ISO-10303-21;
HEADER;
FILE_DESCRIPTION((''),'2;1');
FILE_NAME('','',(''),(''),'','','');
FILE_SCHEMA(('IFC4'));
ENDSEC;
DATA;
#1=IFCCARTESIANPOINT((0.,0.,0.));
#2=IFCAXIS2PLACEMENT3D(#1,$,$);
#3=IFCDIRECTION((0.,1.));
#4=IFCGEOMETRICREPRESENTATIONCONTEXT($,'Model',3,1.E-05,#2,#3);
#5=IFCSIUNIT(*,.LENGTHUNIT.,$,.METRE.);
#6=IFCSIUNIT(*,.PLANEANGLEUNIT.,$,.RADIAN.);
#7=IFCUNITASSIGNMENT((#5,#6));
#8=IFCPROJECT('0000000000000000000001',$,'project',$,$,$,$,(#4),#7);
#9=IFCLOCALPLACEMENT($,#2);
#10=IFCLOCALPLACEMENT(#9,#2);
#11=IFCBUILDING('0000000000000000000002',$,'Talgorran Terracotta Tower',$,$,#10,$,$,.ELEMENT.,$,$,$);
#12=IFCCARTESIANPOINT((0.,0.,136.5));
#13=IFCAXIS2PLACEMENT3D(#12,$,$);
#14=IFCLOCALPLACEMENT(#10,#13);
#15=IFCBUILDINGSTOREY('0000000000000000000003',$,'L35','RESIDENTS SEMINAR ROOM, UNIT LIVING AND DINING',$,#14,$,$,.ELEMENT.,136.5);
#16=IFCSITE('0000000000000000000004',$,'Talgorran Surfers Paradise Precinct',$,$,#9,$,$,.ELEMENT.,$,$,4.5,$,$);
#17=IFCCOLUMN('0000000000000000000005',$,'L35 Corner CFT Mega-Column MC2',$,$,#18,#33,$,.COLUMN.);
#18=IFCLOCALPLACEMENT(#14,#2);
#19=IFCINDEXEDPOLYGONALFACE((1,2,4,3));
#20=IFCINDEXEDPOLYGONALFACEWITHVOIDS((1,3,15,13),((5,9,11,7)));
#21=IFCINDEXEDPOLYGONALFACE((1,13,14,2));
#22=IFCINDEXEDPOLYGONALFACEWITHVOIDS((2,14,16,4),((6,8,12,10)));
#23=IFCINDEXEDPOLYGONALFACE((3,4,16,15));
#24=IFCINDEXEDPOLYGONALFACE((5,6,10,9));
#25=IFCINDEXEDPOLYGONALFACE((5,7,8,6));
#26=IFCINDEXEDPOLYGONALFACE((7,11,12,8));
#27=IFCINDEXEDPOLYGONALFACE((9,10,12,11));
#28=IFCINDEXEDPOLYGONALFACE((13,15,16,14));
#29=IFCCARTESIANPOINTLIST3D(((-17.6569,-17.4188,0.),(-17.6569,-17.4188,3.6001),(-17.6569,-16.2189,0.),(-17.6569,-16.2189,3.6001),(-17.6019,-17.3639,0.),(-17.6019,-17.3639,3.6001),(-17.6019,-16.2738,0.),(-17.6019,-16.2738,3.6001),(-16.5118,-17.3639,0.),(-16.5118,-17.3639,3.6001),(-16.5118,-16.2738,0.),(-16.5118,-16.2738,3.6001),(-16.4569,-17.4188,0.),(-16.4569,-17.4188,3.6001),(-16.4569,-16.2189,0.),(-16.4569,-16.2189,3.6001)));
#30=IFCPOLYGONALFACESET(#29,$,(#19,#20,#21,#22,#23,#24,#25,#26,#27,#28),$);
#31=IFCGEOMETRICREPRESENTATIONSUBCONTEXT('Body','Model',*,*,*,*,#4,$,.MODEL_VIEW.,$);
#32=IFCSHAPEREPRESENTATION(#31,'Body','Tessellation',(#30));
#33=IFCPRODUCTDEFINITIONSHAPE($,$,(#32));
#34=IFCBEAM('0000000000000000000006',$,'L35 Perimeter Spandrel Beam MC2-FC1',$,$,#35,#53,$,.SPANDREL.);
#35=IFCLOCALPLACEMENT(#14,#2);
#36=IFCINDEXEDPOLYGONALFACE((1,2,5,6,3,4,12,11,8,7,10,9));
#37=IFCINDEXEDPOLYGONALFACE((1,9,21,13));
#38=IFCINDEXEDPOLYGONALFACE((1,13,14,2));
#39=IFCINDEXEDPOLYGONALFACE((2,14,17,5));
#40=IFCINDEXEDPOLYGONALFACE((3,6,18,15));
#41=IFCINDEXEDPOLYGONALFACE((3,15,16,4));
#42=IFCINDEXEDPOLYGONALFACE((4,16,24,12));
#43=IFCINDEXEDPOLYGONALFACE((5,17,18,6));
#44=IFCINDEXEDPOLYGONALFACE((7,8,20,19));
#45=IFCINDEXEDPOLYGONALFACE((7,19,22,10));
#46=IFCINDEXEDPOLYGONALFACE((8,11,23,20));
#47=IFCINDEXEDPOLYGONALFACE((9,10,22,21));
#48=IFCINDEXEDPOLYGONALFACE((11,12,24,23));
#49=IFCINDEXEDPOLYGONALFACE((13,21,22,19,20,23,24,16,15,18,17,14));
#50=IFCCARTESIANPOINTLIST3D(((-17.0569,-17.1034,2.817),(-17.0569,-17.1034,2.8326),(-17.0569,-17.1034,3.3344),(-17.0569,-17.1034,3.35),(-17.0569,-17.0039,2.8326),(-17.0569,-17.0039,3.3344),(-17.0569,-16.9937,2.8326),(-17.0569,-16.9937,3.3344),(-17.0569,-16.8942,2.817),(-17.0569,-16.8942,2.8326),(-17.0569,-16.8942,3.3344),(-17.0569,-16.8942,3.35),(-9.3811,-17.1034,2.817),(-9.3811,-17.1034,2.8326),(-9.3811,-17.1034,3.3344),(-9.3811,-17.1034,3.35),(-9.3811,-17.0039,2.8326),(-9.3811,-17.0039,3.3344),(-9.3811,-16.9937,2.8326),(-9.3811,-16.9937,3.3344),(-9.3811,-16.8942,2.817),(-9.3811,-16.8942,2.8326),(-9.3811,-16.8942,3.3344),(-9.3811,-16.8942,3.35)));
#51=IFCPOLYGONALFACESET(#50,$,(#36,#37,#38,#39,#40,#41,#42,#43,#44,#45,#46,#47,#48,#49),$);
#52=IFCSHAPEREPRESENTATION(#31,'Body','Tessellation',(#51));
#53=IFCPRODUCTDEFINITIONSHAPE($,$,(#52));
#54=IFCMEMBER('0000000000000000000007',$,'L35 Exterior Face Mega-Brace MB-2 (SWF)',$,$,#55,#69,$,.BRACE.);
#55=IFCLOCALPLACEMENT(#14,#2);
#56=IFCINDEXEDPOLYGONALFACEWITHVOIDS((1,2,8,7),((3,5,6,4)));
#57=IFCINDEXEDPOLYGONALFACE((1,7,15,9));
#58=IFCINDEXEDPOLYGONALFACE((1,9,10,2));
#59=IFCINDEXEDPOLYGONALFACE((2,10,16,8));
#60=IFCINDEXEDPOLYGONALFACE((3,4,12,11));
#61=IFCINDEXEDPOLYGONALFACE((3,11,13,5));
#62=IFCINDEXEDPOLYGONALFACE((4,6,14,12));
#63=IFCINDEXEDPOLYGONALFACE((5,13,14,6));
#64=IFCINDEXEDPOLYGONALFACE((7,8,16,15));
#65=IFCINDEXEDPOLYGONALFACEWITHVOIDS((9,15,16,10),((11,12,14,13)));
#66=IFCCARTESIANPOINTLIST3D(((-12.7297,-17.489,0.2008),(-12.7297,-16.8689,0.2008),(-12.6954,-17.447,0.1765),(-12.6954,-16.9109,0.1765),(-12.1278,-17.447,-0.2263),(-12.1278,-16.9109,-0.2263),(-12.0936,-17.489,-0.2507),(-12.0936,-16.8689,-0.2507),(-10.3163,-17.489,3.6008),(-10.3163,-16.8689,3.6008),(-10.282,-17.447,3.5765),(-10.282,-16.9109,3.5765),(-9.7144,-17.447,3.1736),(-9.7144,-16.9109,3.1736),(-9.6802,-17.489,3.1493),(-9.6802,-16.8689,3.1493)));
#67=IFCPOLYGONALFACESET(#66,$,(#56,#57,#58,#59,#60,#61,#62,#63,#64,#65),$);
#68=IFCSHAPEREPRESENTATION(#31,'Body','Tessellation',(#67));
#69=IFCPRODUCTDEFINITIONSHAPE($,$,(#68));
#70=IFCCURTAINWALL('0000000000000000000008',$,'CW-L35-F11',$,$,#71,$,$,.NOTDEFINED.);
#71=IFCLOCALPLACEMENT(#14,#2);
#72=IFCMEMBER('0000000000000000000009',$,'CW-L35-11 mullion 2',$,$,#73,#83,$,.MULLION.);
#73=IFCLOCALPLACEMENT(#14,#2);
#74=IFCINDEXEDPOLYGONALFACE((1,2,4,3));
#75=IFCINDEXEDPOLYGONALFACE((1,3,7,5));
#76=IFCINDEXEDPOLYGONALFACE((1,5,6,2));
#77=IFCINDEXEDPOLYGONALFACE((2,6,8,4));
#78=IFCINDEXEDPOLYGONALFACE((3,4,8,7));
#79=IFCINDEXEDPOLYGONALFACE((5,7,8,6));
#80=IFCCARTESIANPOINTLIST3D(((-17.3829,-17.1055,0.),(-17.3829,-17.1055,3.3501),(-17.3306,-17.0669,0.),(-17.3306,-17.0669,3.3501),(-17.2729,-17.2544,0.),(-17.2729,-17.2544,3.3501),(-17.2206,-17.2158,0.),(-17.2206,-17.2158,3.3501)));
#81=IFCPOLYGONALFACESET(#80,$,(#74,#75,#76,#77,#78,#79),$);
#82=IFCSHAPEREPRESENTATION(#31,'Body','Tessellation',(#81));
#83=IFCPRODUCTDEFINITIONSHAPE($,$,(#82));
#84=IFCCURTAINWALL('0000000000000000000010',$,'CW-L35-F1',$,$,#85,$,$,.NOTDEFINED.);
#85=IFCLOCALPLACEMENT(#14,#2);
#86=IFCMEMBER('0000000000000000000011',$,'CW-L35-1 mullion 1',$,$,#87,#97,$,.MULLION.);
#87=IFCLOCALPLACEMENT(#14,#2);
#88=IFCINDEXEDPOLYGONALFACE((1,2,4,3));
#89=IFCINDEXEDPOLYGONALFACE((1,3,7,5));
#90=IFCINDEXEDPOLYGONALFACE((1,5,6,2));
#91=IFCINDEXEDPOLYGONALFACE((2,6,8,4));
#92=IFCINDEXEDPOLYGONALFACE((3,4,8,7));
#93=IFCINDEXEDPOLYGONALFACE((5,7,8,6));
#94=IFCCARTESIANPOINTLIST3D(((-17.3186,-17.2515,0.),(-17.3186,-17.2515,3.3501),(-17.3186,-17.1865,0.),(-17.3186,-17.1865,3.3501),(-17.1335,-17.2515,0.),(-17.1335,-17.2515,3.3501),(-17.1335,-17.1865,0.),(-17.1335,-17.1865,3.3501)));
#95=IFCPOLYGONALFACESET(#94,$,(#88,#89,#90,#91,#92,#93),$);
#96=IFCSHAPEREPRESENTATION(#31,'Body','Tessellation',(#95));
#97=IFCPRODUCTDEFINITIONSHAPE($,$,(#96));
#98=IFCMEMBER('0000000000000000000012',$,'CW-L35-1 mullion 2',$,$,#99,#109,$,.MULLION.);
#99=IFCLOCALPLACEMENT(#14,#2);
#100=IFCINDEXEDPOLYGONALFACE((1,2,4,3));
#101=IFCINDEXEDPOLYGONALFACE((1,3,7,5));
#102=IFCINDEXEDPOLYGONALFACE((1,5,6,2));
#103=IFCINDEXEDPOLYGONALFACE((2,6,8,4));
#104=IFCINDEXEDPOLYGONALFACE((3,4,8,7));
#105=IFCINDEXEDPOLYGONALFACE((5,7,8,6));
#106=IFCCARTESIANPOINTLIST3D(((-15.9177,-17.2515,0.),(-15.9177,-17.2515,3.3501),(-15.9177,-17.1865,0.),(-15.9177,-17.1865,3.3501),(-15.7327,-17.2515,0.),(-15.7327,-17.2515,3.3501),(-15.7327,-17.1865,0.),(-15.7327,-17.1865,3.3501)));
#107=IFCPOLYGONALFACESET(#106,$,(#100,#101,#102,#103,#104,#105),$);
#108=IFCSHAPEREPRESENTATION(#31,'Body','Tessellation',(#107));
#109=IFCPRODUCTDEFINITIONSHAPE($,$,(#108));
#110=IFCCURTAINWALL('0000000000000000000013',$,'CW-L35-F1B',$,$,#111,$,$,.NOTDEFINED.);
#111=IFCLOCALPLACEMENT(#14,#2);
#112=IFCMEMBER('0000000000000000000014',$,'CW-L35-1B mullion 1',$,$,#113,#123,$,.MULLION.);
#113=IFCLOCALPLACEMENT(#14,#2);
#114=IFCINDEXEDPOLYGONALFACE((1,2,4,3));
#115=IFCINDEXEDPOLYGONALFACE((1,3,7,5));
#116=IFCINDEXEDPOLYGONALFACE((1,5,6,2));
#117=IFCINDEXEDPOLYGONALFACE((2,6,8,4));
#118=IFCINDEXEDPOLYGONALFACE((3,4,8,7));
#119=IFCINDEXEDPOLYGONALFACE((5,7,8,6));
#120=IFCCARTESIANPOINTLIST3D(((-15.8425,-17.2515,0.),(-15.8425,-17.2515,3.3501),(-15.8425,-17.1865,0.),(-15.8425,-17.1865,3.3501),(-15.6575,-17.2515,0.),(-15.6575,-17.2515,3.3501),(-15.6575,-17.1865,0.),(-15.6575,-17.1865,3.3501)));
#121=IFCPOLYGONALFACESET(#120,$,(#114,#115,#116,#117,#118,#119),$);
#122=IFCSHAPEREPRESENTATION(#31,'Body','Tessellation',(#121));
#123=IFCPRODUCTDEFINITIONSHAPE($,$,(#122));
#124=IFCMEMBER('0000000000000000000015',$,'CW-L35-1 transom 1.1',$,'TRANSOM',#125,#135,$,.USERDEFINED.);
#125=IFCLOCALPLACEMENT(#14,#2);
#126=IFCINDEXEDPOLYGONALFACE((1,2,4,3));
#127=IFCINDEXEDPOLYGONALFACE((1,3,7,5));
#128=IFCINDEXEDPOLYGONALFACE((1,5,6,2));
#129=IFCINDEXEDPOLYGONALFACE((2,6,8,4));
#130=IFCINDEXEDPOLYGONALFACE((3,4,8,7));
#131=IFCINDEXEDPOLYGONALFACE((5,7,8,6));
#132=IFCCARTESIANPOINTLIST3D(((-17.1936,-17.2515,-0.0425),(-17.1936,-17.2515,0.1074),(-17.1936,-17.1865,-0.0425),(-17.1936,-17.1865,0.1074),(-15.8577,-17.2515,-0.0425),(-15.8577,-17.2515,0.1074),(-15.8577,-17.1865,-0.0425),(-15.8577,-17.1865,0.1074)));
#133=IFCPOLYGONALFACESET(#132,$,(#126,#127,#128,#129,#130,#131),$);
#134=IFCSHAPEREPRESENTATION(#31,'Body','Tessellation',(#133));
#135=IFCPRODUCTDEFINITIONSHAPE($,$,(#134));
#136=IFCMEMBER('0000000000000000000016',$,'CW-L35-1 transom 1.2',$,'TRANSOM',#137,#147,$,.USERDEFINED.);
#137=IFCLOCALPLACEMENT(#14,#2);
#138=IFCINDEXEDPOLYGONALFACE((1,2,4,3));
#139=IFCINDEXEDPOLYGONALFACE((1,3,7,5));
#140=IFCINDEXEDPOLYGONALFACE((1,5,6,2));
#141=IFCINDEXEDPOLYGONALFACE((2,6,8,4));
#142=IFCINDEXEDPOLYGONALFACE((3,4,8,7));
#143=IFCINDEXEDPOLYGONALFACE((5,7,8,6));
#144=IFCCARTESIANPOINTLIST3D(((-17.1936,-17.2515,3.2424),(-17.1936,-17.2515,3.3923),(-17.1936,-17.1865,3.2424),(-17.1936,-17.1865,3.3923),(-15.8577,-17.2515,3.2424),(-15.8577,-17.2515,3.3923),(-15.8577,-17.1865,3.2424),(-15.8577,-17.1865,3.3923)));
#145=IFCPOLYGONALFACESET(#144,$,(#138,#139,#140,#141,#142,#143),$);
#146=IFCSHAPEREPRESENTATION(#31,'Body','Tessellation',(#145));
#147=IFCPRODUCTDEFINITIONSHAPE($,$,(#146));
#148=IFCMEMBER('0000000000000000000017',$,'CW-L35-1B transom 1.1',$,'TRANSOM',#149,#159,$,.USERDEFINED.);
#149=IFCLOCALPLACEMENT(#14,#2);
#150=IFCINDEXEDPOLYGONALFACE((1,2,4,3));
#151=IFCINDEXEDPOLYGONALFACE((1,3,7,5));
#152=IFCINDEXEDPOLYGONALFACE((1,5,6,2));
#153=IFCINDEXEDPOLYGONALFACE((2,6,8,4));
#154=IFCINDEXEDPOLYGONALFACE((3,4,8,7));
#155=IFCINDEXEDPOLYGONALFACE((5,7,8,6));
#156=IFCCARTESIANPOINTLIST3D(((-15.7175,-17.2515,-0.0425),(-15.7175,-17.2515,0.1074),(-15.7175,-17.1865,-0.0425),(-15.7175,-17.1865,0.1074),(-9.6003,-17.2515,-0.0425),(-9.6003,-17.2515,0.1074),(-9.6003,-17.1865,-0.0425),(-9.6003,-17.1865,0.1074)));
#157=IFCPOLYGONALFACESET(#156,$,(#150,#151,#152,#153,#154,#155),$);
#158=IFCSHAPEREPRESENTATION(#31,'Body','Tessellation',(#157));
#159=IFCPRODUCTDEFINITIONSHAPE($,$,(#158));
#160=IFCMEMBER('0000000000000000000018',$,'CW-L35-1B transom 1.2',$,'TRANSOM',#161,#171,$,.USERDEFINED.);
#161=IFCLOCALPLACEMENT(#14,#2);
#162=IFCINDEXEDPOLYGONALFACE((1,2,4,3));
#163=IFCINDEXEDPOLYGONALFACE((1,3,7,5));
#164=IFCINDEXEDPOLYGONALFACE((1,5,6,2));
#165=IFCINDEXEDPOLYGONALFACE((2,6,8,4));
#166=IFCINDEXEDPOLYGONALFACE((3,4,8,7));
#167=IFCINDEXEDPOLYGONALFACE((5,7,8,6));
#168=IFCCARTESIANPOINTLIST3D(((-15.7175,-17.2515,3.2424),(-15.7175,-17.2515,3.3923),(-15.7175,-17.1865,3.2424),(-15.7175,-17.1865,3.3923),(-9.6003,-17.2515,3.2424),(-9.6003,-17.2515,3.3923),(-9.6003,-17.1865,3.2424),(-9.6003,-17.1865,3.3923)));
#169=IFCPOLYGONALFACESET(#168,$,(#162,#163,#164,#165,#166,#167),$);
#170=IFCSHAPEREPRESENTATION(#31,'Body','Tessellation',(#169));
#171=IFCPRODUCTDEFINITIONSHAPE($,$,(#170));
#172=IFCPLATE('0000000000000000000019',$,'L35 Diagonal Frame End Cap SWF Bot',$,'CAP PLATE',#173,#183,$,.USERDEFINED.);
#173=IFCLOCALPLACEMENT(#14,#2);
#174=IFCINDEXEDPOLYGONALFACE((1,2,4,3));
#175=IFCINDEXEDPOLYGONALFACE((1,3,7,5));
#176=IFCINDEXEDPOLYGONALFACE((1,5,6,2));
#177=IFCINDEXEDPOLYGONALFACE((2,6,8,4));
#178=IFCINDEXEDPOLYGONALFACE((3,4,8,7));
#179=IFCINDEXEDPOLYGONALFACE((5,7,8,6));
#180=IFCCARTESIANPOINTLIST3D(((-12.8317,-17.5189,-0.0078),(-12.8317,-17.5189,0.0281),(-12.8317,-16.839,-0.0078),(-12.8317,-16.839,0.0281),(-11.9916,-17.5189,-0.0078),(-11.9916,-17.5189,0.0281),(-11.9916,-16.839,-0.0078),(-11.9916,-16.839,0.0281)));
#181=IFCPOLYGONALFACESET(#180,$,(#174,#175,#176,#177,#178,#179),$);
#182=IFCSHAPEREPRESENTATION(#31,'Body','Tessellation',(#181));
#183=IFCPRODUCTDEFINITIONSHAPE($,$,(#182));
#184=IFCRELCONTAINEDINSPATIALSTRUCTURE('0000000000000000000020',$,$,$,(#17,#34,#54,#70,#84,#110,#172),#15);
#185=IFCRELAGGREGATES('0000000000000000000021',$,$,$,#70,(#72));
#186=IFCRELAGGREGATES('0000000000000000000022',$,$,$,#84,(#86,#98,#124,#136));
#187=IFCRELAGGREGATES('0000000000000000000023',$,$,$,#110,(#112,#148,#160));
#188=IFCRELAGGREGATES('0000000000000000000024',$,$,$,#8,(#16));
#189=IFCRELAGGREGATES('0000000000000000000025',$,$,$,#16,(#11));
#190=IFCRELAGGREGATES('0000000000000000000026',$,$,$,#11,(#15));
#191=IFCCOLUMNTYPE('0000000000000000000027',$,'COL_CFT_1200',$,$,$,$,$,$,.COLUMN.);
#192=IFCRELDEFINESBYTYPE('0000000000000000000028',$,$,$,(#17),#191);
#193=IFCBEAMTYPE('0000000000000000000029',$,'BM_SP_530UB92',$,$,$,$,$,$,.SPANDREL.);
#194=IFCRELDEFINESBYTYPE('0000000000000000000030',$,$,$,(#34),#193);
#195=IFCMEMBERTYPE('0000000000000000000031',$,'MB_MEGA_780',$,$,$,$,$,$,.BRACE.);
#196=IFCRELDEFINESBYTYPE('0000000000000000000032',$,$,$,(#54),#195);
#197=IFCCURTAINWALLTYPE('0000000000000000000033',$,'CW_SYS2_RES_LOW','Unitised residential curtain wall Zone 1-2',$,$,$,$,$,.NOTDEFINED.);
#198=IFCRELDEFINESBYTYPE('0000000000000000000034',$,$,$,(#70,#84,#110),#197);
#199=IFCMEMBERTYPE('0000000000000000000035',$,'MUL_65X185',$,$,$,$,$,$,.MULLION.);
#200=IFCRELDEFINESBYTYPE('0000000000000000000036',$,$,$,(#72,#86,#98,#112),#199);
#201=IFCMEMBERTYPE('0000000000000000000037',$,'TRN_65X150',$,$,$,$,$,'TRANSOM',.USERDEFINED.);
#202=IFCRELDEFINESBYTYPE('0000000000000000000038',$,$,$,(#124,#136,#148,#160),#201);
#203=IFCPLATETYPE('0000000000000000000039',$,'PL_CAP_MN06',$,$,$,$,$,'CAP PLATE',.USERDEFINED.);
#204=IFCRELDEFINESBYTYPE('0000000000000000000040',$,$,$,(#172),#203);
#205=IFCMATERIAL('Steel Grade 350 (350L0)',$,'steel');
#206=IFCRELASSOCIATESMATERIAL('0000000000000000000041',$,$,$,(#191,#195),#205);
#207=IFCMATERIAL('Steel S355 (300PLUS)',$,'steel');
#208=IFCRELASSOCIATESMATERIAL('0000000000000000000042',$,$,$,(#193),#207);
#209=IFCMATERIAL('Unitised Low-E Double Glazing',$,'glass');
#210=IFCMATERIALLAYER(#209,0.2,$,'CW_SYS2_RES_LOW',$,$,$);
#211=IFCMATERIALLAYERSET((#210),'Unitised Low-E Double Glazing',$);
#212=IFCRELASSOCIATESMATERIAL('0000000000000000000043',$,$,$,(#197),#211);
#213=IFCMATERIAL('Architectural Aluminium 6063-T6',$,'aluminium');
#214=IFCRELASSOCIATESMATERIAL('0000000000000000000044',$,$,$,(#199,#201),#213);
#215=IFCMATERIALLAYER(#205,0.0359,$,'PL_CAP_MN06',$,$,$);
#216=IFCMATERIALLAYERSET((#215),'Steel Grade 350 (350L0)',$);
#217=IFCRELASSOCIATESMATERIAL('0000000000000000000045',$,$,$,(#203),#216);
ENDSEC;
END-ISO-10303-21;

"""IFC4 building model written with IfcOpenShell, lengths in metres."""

from ifc_helpers import new_model, si_unit, direction, frame, origin, origin_2d, place, context, subcontext, project, spatial, rectangle, hollow_rectangle, i_section, extrude, material, layer, layer_set, material_profile, profile_set, type_object, element, aggregate, save


model = new_model("IFC4")

# Units and contexts
model_context = context("Model", 3, precision=1e-05, world=origin(), true_north=direction((0.0, 1.0)))
body_context = subcontext(model_context, "Body", "Model", "MODEL_VIEW")
ifc_project = project(units=[si_unit("LENGTHUNIT", "METRE"), si_unit("PLANEANGLEUNIT", "RADIAN")], contexts=[model_context])

# Site, building, storey
site_placement = place(None, origin())
site = spatial("IfcSite", under=ifc_project, at=site_placement, Name="Talgorran Surfers Paradise Precinct", CompositionType="ELEMENT", RefElevation=4.5)
building_placement = place(site_placement, origin())
building = spatial("IfcBuilding", under=site, at=building_placement, Name="Talgorran Terracotta Tower", CompositionType="ELEMENT")
storey_placement = place(building_placement, frame((0.0, 0.0, 136.5)))
storey = spatial("IfcBuildingStorey", under=building, at=storey_placement, Name="L35", Description="RESIDENTS SEMINAR ROOM, UNIT LIVING AND DINING", CompositionType="ELEMENT", Elevation=136.5)

# Column
ifc_material_1 = material(Name="Steel Grade 350 (350L0)", Category="steel")
ifc_material_profile_1 = material_profile(ifc_material_1, hollow_rectangle(XDim=1.2, YDim=1.2, WallThickness=0.0549, at=origin_2d()), Name="CFT1200X1200X55")
ifc_profile_set_1 = profile_set([ifc_material_profile_1], Name="Steel Grade 350 (350L0)")
column_type = type_object("IfcColumnType", Name="COL_CFT_1200", PredefinedType="COLUMN", material=ifc_profile_set_1)
column_placement = place(storey_placement, frame((-17.0569, -16.8188, 0.0), z_axis=(0.0, 0.0, 1.0), x_axis=(1.0, 0.0, 0.0)))
element("IfcColumn", 1, at=column_placement, inside=storey, type_object=column_type, Name="L35 Corner CFT Mega-Column MC2", PredefinedType="COLUMN", context=body_context, shape_type="SweptSolid", body=[
    extrude(hollow_rectangle(XDim=1.2, YDim=1.2, WallThickness=0.0549, at=origin_2d()), origin(), (0.0, 0.0, 1.0), 3.6001),
])

# Beam
ifc_material_2 = material(Name="Steel S355 (300PLUS)", Category="steel")
ifc_material_profile_2 = material_profile(ifc_material_2, i_section(OverallWidth=0.2092, OverallDepth=0.533, WebThickness=0.0103, FlangeThickness=0.0156, at=origin_2d()), Name="530UB92.4")
ifc_profile_set_2 = profile_set([ifc_material_profile_2], Name="Steel S355 (300PLUS)")
beam_type = type_object("IfcBeamType", Name="BM_SP_530UB92", PredefinedType="SPANDREL", material=ifc_profile_set_2)
beam_placement = place(storey_placement, frame((-17.0569, -16.9988, 3.0835), z_axis=(1.0, 0.0, 0.0), x_axis=(0.0, 1.0, 0.0)))
element("IfcBeam", 2, at=beam_placement, inside=storey, type_object=beam_type, Name="L35 Perimeter Spandrel Beam MC2-FC1", PredefinedType="SPANDREL", context=body_context, shape_type="SweptSolid", body=[
    extrude(i_section(OverallWidth=0.2092, OverallDepth=0.533, WebThickness=0.0103, FlangeThickness=0.0156, at=origin_2d()), origin(), (0.0, 0.0, 1.0), 7.6758),
])

# Member
ifc_material_profile_3 = material_profile(ifc_material_1, hollow_rectangle(XDim=0.6201, YDim=0.78, WallThickness=0.042, at=origin_2d()), Name="WBOX780X620X42")
ifc_profile_set_3 = profile_set([ifc_material_profile_3], Name="Steel Grade 350 (350L0)")
member_type_1 = type_object("IfcMemberType", Name="MB_MEGA_780", PredefinedType="BRACE", material=ifc_profile_set_3)
member_1_placement = place(storey_placement, frame((-12.4116, -17.179, -0.0249), z_axis=(0.578826, 0.0, 0.815451), x_axis=(0.0, 1.0, 0.0)))
element("IfcMember", 3, at=member_1_placement, inside=storey, type_object=member_type_1, Name="L35 Exterior Face Mega-Brace MB-2 (SWF)", PredefinedType="BRACE", context=body_context, shape_type="SweptSolid", body=[
    extrude(hollow_rectangle(XDim=0.6201, YDim=0.78, WallThickness=0.042, at=origin_2d()), origin(), (0.0, 0.0, 1.0), 4.1694),
])

# Curtain wall, member
ifc_material_3 = material(Name="Unitised Low-E Double Glazing", Category="glass")
ifc_layer_1 = layer(ifc_material_3, 0.2, Name="CW_SYS2_RES_LOW")
ifc_layer_set_1 = layer_set([ifc_layer_1], Name="Unitised Low-E Double Glazing")
curtain_wall_type = type_object("IfcCurtainWallType", Name="CW_SYS2_RES_LOW", Description="Unitised residential curtain wall Zone 1-2", PredefinedType="NOTDEFINED", material=ifc_layer_set_1)
curtain_wall_1_placement = place(storey_placement, origin())
curtain_wall_1 = element("IfcCurtainWall", 4, at=curtain_wall_1_placement, inside=storey, type_object=curtain_wall_type, Name="CW-L35-F11", PredefinedType="NOTDEFINED")
ifc_material_4 = material(Name="Architectural Aluminium 6063-T6", Category="aluminium")
ifc_material_profile_4 = material_profile(ifc_material_4, rectangle(XDim=0.0649, YDim=0.1851, at=origin_2d()), Name="CWM65X185")
ifc_profile_set_4 = profile_set([ifc_material_profile_4], Name="Architectural Aluminium 6063-T6")
member_type_2 = type_object("IfcMemberType", Name="MUL_65X185", PredefinedType="MULLION", material=ifc_profile_set_4)
member_2_placement = place(storey_placement, frame((-17.3018, -17.1606, 0.0), z_axis=(0.0, 0.0, 1.0), x_axis=(0.804194, 0.594366, 0.0)))
member_2 = element("IfcMember", 5, at=member_2_placement, type_object=member_type_2, Name="CW-L35-11 mullion 2", PredefinedType="MULLION", context=body_context, shape_type="SweptSolid", body=[
    extrude(rectangle(XDim=0.0649, YDim=0.1851, at=origin_2d()), origin(), (0.0, 0.0, 1.0), 3.3501),
])

# Curtain wall, members
curtain_wall_2_placement = place(storey_placement, origin())
curtain_wall_2 = element("IfcCurtainWall", 6, at=curtain_wall_2_placement, inside=storey, type_object=curtain_wall_type, Name="CW-L35-F1", PredefinedType="NOTDEFINED")
member_3_placement = place(storey_placement, frame((-17.2261, -17.219, 0.0), z_axis=(0.0, 0.0, 1.0), x_axis=(0.0, 1.0, 0.0)))
member_3 = element("IfcMember", 7, at=member_3_placement, type_object=member_type_2, Name="CW-L35-1 mullion 1", PredefinedType="MULLION", context=body_context, shape_type="SweptSolid", body=[
    extrude(rectangle(XDim=0.0649, YDim=0.1851, at=origin_2d()), origin(), (0.0, 0.0, 1.0), 3.3501),
])
member_4_placement = place(storey_placement, frame((-15.8252, -17.219, 0.0), z_axis=(0.0, 0.0, 1.0), x_axis=(0.0, 1.0, 0.0)))
member_4 = element("IfcMember", 8, at=member_4_placement, type_object=member_type_2, Name="CW-L35-1 mullion 2", PredefinedType="MULLION", context=body_context, shape_type="SweptSolid", body=[
    extrude(rectangle(XDim=0.0649, YDim=0.1851, at=origin_2d()), origin(), (0.0, 0.0, 1.0), 3.3501),
])

# Curtain wall, member
curtain_wall_3_placement = place(storey_placement, origin())
curtain_wall_3 = element("IfcCurtainWall", 9, at=curtain_wall_3_placement, inside=storey, type_object=curtain_wall_type, Name="CW-L35-F1B", PredefinedType="NOTDEFINED")
member_5_placement = place(storey_placement, frame((-15.75, -17.219, 0.0), z_axis=(0.0, 0.0, 1.0), x_axis=(0.0, 1.0, 0.0)))
member_5 = element("IfcMember", 10, at=member_5_placement, type_object=member_type_2, Name="CW-L35-1B mullion 1", PredefinedType="MULLION", context=body_context, shape_type="SweptSolid", body=[
    extrude(rectangle(XDim=0.0649, YDim=0.1851, at=origin_2d()), origin(), (0.0, 0.0, 1.0), 3.3501),
])

# Members
ifc_material_profile_5 = material_profile(ifc_material_4, rectangle(XDim=0.0649, YDim=0.1499, at=origin_2d()), Name="CWT65X150")
ifc_profile_set_5 = profile_set([ifc_material_profile_5], Name="Architectural Aluminium 6063-T6")
member_type_3 = type_object("IfcMemberType", Name="TRN_65X150", ElementType="TRANSOM", PredefinedType="USERDEFINED", material=ifc_profile_set_5)
member_6_placement = place(storey_placement, frame((-17.1936, -17.219, 0.0325), z_axis=(1.0, 0.0, 0.0), x_axis=(0.0, 1.0, 0.0)))
member_6 = element("IfcMember", 11, at=member_6_placement, type_object=member_type_3, Name="CW-L35-1 transom 1.1", ObjectType="TRANSOM", PredefinedType="USERDEFINED", context=body_context, shape_type="SweptSolid", body=[
    extrude(rectangle(XDim=0.0649, YDim=0.1499, at=origin_2d()), origin(), (0.0, 0.0, 1.0), 1.3359),
])
member_7_placement = place(storey_placement, frame((-17.1936, -17.219, 3.3174), z_axis=(1.0, 0.0, 0.0), x_axis=(0.0, 1.0, 0.0)))
member_7 = element("IfcMember", 12, at=member_7_placement, type_object=member_type_3, Name="CW-L35-1 transom 1.2", ObjectType="TRANSOM", PredefinedType="USERDEFINED", context=body_context, shape_type="SweptSolid", body=[
    extrude(rectangle(XDim=0.0649, YDim=0.1499, at=origin_2d()), origin(), (0.0, 0.0, 1.0), 1.3359),
])
member_8_placement = place(storey_placement, frame((-15.7175, -17.219, 0.0325), z_axis=(1.0, 0.0, 0.0), x_axis=(0.0, 1.0, 0.0)))
member_8 = element("IfcMember", 13, at=member_8_placement, type_object=member_type_3, Name="CW-L35-1B transom 1.1", ObjectType="TRANSOM", PredefinedType="USERDEFINED", context=body_context, shape_type="SweptSolid", body=[
    extrude(rectangle(XDim=0.0649, YDim=0.1499, at=origin_2d()), origin(), (0.0, 0.0, 1.0), 6.1172),
])
member_9_placement = place(storey_placement, frame((-15.7175, -17.219, 3.3174), z_axis=(1.0, 0.0, 0.0), x_axis=(0.0, 1.0, 0.0)))
member_9 = element("IfcMember", 14, at=member_9_placement, type_object=member_type_3, Name="CW-L35-1B transom 1.2", ObjectType="TRANSOM", PredefinedType="USERDEFINED", context=body_context, shape_type="SweptSolid", body=[
    extrude(rectangle(XDim=0.0649, YDim=0.1499, at=origin_2d()), origin(), (0.0, 0.0, 1.0), 6.1172),
])

# Plate
ifc_layer_2 = layer(ifc_material_1, 0.0359, Name="PL_CAP_MN06")
ifc_layer_set_2 = layer_set([ifc_layer_2], Name="Steel Grade 350 (350L0)")
plate_type_1 = type_object("IfcPlateType", Name="PL_CAP_MN06", ElementType="CAP PLATE", PredefinedType="USERDEFINED", material=ifc_layer_set_2)
plate_1_placement = place(storey_placement, frame((-12.4116, -17.179, -0.0078), z_axis=(0.0, 0.0, 1.0), x_axis=(1.0, 0.0, 0.0)))
element("IfcPlate", 15, at=plate_1_placement, inside=storey, type_object=plate_type_1, Name="L35 Diagonal Frame End Cap SWF Bot", ObjectType="CAP PLATE", PredefinedType="USERDEFINED", context=body_context, shape_type="SweptSolid", body=[
    extrude(rectangle(XDim=0.8401, YDim=0.6799, at=origin_2d()), origin(), (0.0, 0.0, 1.0), 0.0359),
])
aggregate(curtain_wall_1, [member_2])
aggregate(curtain_wall_2, [member_3, member_4, member_6, member_7])
aggregate(curtain_wall_3, [member_5, member_8, member_9])

save(model, "model.ifc")
